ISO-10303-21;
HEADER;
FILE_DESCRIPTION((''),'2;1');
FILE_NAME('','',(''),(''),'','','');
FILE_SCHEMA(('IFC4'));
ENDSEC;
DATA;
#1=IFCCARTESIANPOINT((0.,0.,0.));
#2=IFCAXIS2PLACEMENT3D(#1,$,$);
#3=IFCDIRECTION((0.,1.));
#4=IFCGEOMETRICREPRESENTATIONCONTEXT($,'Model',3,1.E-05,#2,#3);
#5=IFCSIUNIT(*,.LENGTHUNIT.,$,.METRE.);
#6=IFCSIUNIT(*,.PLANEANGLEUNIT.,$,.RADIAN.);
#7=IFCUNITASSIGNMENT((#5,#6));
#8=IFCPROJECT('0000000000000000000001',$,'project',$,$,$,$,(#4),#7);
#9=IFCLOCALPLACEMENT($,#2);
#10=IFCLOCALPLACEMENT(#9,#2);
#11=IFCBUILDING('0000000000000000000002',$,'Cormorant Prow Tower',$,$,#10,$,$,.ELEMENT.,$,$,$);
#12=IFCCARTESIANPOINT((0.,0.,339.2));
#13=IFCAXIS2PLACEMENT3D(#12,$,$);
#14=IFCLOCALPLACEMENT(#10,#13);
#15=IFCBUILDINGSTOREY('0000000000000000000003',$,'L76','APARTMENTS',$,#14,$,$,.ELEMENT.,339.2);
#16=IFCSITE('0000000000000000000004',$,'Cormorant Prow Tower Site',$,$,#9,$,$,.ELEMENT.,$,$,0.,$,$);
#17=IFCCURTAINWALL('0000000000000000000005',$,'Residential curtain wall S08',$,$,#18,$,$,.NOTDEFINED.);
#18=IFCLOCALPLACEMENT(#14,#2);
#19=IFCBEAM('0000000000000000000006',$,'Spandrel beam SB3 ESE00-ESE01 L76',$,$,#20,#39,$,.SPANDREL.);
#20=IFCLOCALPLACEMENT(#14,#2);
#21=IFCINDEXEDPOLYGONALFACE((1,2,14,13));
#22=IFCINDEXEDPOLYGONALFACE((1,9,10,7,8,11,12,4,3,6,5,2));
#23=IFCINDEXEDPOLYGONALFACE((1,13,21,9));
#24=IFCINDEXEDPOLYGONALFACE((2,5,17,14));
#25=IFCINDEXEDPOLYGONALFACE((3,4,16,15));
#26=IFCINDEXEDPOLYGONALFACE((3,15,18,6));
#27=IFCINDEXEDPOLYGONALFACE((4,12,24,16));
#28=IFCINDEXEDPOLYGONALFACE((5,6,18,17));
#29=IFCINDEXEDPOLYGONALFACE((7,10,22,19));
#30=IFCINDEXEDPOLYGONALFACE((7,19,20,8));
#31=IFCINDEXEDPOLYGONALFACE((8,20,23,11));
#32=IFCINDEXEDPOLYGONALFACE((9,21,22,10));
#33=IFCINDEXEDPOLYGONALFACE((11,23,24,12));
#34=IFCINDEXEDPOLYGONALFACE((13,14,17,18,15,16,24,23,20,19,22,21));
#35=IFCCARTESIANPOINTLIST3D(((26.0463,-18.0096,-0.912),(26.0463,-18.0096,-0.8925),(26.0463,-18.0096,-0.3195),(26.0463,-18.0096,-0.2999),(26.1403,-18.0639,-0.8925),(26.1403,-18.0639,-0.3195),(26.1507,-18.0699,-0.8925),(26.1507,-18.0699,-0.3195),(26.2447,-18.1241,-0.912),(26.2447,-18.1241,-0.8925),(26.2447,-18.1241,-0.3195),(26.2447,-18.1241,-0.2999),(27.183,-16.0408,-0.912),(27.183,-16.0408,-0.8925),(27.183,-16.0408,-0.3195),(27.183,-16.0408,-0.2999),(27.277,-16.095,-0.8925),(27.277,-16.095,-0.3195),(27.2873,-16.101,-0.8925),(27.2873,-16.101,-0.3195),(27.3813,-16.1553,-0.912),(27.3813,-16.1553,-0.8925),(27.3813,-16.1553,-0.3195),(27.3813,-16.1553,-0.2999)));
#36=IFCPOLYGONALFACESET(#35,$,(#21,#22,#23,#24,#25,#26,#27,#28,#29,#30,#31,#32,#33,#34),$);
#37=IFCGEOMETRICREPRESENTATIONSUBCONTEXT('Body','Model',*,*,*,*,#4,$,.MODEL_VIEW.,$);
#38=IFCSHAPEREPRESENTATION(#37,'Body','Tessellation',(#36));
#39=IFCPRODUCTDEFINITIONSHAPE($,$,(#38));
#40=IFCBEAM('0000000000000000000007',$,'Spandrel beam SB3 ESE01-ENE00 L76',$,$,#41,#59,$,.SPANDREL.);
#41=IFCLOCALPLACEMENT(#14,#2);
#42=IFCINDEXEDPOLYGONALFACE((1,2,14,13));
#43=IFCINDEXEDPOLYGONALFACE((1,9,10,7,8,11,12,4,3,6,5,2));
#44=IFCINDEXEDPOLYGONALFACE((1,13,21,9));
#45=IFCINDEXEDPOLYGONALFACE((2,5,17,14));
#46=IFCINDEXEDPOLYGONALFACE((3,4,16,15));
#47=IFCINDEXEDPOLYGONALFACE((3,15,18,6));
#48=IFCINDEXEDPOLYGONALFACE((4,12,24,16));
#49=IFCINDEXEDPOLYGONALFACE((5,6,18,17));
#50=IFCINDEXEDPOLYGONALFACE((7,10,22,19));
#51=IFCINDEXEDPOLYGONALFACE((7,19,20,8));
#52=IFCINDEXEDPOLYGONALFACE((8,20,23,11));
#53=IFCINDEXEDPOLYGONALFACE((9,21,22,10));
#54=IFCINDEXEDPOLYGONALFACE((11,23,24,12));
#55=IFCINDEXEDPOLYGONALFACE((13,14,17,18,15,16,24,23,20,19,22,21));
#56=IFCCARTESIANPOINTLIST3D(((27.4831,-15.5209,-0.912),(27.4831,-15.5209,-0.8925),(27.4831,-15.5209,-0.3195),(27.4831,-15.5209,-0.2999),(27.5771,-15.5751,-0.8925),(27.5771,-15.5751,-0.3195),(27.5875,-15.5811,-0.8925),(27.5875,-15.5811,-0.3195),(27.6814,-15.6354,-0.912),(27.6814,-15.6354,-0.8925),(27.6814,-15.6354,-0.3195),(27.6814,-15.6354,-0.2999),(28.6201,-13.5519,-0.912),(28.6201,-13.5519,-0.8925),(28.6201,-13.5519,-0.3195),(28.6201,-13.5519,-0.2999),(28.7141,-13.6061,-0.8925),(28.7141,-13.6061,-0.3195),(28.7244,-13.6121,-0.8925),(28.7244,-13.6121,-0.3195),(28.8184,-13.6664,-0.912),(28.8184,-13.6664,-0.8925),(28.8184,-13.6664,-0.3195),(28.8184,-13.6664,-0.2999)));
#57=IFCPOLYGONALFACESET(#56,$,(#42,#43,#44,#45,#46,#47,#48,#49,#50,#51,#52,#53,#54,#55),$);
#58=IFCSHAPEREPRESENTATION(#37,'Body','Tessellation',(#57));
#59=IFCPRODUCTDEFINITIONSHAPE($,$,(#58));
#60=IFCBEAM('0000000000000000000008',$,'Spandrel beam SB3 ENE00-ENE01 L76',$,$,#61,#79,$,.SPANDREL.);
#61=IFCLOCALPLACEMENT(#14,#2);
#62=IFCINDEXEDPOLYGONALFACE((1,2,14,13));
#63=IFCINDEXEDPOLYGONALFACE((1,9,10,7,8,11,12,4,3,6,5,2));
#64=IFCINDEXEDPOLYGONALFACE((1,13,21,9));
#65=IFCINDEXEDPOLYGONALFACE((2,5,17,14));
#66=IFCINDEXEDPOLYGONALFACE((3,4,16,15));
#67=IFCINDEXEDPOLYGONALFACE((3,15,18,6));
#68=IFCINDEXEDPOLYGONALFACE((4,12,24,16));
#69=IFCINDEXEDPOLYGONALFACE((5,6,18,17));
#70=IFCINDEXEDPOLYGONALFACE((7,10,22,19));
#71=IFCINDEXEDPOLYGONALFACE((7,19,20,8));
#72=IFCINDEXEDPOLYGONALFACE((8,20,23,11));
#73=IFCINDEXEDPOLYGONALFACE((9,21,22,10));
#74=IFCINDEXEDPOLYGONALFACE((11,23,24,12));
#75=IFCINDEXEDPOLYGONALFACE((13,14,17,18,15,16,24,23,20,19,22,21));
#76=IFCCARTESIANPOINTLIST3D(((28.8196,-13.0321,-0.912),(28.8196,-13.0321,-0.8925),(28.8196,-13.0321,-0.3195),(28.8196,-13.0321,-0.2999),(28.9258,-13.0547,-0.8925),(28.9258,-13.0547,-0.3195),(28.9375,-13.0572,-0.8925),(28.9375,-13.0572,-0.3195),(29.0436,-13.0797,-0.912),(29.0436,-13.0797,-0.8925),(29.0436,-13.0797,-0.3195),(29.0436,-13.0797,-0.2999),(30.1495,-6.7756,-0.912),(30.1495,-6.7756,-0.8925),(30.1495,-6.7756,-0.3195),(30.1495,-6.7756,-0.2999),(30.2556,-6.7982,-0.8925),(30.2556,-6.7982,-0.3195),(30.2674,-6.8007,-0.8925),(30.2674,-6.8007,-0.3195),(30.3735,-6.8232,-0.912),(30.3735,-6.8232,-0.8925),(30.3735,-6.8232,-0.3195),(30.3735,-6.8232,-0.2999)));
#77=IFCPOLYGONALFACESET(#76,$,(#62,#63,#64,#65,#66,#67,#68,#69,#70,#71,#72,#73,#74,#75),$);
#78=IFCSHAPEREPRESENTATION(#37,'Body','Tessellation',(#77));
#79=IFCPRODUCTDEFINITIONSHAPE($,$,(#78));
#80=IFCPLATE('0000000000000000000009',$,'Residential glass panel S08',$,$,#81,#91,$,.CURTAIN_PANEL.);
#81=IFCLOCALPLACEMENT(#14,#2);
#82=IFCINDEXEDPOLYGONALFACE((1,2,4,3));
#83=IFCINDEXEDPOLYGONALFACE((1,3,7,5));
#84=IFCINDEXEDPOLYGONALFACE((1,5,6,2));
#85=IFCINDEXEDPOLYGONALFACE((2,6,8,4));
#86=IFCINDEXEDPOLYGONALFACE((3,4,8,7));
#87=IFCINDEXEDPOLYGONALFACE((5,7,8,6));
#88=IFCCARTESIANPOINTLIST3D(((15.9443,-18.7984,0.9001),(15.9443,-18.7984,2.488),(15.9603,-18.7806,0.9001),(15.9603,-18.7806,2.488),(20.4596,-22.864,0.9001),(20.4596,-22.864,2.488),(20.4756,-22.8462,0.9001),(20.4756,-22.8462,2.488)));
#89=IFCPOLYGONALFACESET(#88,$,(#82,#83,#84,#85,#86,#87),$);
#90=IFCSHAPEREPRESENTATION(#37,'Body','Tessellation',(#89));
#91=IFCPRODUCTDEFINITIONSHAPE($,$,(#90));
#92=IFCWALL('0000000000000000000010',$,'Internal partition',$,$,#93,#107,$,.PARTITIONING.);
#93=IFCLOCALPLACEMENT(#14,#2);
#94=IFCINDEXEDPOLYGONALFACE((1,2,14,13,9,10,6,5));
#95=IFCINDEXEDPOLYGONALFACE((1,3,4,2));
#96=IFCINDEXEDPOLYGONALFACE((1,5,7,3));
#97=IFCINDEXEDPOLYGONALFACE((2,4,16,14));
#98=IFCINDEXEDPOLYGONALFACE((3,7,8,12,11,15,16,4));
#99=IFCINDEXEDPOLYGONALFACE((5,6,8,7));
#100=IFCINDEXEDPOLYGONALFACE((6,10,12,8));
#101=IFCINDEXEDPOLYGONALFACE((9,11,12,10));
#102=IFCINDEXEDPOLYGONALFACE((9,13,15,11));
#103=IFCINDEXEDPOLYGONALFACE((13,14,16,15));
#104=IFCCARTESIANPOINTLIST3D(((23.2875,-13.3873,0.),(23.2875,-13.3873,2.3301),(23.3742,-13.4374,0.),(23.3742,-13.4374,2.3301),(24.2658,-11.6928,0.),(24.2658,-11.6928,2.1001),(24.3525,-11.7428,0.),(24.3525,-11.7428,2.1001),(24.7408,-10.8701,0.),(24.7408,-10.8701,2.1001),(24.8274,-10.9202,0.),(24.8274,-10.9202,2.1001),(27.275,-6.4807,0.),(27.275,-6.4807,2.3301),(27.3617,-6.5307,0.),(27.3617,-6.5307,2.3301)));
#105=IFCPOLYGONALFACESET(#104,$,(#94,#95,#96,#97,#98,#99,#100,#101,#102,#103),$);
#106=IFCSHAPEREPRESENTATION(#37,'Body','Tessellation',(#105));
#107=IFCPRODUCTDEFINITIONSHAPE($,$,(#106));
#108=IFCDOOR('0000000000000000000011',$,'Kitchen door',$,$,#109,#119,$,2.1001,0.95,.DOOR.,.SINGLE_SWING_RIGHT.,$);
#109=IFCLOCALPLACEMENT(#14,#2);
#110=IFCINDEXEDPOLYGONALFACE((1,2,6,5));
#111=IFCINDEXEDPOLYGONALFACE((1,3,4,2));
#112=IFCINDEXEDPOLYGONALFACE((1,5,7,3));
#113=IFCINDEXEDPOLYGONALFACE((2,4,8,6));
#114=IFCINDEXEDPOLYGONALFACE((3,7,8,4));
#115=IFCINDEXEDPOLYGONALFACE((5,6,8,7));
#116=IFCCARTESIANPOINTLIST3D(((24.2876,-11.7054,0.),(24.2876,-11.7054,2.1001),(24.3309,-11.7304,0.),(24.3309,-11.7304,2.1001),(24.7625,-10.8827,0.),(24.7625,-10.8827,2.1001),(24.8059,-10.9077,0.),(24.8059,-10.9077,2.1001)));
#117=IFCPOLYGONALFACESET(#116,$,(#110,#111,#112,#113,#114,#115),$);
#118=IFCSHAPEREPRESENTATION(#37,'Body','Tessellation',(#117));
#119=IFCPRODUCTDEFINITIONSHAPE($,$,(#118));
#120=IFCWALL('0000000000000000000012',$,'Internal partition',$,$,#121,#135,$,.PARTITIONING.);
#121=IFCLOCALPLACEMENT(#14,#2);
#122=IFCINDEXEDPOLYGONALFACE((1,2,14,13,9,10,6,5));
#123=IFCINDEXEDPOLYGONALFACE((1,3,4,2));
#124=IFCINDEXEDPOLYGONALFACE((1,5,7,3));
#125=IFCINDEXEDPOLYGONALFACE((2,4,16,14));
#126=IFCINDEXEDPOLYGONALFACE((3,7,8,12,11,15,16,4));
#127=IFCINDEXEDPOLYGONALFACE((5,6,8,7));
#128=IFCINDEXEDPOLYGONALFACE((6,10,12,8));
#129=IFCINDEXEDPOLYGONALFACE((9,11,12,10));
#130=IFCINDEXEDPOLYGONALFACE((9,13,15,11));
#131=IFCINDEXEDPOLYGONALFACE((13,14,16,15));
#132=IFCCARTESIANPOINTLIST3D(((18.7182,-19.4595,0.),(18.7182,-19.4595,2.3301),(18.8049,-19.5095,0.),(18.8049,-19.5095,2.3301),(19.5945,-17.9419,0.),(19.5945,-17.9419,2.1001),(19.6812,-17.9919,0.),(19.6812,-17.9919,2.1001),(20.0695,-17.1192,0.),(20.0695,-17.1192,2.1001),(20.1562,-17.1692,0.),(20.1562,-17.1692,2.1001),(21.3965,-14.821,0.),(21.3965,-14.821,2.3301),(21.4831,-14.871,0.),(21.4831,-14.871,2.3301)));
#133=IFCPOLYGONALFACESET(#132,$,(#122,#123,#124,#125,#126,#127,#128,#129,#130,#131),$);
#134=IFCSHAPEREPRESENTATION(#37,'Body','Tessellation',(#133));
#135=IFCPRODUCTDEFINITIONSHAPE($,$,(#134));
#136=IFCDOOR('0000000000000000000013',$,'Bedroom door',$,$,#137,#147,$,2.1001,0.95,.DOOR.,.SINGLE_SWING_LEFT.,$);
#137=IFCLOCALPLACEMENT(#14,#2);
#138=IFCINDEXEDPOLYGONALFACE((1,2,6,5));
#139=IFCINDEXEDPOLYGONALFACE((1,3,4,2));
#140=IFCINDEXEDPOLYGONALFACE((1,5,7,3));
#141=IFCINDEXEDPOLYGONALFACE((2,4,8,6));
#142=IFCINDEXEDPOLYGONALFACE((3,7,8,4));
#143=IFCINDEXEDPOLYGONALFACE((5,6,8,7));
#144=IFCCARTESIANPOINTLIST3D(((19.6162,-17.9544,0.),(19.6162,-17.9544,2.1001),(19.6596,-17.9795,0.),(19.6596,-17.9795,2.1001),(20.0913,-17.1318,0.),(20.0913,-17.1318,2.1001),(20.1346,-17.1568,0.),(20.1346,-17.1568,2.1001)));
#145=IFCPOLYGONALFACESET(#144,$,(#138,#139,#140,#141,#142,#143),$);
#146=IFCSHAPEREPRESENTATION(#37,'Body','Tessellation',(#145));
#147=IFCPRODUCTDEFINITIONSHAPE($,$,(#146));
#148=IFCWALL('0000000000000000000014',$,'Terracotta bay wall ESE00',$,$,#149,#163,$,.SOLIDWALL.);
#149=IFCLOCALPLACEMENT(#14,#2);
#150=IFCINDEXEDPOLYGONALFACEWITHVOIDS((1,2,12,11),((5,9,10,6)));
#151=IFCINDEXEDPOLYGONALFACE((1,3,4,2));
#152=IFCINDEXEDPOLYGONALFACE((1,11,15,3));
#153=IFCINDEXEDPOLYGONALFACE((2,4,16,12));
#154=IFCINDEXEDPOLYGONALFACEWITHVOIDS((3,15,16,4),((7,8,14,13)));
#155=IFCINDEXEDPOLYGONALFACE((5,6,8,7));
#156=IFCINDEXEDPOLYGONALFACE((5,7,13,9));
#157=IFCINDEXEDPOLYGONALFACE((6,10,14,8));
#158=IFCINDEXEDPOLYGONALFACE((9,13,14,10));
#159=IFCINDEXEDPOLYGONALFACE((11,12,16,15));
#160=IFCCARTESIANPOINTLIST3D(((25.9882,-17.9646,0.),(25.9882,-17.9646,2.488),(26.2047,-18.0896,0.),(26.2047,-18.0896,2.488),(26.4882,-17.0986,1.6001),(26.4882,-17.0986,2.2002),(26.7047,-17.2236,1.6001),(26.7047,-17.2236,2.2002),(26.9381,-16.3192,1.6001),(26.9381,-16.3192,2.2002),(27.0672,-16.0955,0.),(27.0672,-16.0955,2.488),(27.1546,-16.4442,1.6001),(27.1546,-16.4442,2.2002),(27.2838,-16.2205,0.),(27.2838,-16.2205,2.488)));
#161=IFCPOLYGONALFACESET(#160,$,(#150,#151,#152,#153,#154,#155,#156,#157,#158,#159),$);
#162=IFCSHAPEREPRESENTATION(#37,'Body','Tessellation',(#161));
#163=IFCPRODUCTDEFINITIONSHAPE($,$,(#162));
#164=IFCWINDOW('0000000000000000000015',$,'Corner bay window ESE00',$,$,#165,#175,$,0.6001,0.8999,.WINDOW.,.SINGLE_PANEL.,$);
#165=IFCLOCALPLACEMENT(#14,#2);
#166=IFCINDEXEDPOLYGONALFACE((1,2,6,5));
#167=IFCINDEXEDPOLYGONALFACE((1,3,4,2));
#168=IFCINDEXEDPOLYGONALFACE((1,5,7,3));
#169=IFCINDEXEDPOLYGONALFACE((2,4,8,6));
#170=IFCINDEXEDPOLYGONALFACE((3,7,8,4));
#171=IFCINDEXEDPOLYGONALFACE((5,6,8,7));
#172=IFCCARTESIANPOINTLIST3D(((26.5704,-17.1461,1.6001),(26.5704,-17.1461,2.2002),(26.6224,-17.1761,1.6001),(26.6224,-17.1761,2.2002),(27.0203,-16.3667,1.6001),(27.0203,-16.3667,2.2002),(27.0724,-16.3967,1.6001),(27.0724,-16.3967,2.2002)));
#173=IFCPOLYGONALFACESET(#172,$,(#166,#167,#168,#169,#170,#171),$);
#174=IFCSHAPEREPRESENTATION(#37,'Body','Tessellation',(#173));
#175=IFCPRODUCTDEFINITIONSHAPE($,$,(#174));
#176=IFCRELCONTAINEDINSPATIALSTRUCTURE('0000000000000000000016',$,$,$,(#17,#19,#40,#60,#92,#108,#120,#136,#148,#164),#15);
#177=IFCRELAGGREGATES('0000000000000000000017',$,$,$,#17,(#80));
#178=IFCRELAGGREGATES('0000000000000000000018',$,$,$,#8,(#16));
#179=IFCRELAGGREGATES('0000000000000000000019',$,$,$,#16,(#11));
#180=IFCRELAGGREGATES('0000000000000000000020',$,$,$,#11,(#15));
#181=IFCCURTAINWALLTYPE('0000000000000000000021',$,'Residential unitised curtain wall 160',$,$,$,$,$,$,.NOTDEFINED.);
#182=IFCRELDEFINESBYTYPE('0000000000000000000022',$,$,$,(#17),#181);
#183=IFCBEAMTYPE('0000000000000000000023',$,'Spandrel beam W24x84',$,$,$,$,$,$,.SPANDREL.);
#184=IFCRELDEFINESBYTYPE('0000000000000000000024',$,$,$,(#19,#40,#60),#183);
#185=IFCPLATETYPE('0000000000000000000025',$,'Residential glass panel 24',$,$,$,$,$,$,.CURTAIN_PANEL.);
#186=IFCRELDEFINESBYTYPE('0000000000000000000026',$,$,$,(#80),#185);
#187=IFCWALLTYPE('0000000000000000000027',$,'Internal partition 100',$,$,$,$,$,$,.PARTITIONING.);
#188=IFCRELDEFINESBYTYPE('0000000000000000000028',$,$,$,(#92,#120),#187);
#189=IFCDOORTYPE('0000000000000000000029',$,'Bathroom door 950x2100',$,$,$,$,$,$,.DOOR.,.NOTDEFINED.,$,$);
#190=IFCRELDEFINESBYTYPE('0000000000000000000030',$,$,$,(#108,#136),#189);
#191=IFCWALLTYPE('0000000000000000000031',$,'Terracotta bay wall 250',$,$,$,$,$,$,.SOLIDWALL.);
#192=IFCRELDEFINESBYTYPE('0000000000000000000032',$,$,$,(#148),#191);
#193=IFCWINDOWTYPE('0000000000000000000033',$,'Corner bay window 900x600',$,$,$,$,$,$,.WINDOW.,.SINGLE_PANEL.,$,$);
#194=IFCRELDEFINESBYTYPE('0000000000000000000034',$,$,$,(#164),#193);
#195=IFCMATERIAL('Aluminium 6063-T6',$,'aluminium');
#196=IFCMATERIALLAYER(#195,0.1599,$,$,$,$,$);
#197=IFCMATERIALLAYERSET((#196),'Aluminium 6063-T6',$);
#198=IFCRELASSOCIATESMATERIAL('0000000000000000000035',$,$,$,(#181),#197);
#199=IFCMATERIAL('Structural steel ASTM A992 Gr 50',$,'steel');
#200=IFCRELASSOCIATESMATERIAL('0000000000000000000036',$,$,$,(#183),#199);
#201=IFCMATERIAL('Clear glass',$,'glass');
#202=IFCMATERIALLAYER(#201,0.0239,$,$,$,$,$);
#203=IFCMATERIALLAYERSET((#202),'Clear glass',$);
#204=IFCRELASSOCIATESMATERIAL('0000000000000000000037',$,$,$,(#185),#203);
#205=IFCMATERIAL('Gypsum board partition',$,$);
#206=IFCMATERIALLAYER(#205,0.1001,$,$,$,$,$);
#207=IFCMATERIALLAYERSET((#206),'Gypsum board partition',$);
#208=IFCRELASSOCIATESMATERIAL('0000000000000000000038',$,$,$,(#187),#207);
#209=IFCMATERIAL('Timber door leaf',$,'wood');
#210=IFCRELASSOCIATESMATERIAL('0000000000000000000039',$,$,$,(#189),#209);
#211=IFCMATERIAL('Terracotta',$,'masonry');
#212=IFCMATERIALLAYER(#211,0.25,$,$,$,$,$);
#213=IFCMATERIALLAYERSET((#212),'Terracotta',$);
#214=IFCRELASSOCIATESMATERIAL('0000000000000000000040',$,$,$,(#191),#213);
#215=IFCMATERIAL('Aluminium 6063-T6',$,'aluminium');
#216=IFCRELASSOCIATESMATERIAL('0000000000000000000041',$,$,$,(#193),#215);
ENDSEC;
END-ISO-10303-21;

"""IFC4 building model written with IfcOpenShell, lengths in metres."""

from ifc_helpers import new_model, si_unit, direction, frame, frame_2d, origin, origin_2d, place, context, subcontext, project, spatial, rectangle, i_section, extrude, material, layer, layer_set, material_profile, profile_set, type_object, element, fill, aggregate, save


model = new_model("IFC4")

# Units and contexts
model_context = context("Model", 3, precision=1e-05, world=origin(), true_north=direction((0.0, 1.0)))
body_context = subcontext(model_context, "Body", "Model", "MODEL_VIEW")
ifc_project = project(units=[si_unit("LENGTHUNIT", "METRE"), si_unit("PLANEANGLEUNIT", "RADIAN")], contexts=[model_context])

# Site, building, storey
site_placement = place(None, origin())
site = spatial("IfcSite", under=ifc_project, at=site_placement, Name="Cormorant Prow Tower Site", CompositionType="ELEMENT", RefElevation=0.0)
building_placement = place(site_placement, origin())
building = spatial("IfcBuilding", under=site, at=building_placement, Name="Cormorant Prow Tower", CompositionType="ELEMENT")
storey_placement = place(building_placement, frame((0.0, 0.0, 339.2)))
storey = spatial("IfcBuildingStorey", under=building, at=storey_placement, Name="L76", Description="APARTMENTS", CompositionType="ELEMENT", Elevation=339.2)

# Curtain wall
ifc_material_1 = material(Name="Aluminium 6063-T6", Category="aluminium")
ifc_layer_1 = layer(ifc_material_1, 0.1599)
ifc_layer_set_1 = layer_set([ifc_layer_1], Name="Aluminium 6063-T6")
curtain_wall_type = type_object("IfcCurtainWallType", Name="Residential unitised curtain wall 160", PredefinedType="NOTDEFINED", material=ifc_layer_set_1)
curtain_wall_placement = place(storey_placement, origin())
curtain_wall = element("IfcCurtainWall", 1, at=curtain_wall_placement, inside=storey, type_object=curtain_wall_type, Name="Residential curtain wall S08", PredefinedType="NOTDEFINED")

# Beams
ifc_material_2 = material(Name="Structural steel ASTM A992 Gr 50", Category="steel")
ifc_material_profile_1 = material_profile(ifc_material_2, i_section(OverallWidth=0.229, OverallDepth=0.6121, WebThickness=0.012, FlangeThickness=0.0195, at=origin_2d()), Name="W24x84")
ifc_profile_set_1 = profile_set([ifc_material_profile_1], Name="Structural steel ASTM A992 Gr 50")
beam_type = type_object("IfcBeamType", Name="Spandrel beam W24x84", PredefinedType="SPANDREL", material=ifc_profile_set_1)
beam_1_placement = place(storey_placement, frame((26.1455, -18.0669, -0.606), z_axis=(0.499973, 0.866041, 0.0), x_axis=(-0.866041, 0.499973, 0.0)))
element("IfcBeam", 2, at=beam_1_placement, inside=storey, type_object=beam_type, Name="Spandrel beam SB3 ESE00-ESE01 L76", PredefinedType="SPANDREL", context=body_context, shape_type="SweptSolid", body=[
    extrude(i_section(OverallWidth=0.229, OverallDepth=0.6121, WebThickness=0.012, FlangeThickness=0.0195, at=origin_2d()), origin(), (0.0, 0.0, 1.0), 2.2734),
])
beam_2_placement = place(storey_placement, frame((27.5823, -15.5781, -0.606), z_axis=(0.500054, 0.865994, 0.0), x_axis=(-0.865994, 0.500054, 0.0)))
element("IfcBeam", 3, at=beam_2_placement, inside=storey, type_object=beam_type, Name="Spandrel beam SB3 ESE01-ENE00 L76", PredefinedType="SPANDREL", context=body_context, shape_type="SweptSolid", body=[
    extrude(i_section(OverallWidth=0.229, OverallDepth=0.6121, WebThickness=0.012, FlangeThickness=0.0195, at=origin_2d()), origin(), (0.0, 0.0, 1.0), 2.2737),
])
beam_3_placement = place(storey_placement, frame((28.9316, -13.0559, -0.606), z_axis=(0.207913, 0.978147, 0.0), x_axis=(-0.978147, 0.207913, 0.0)))
element("IfcBeam", 4, at=beam_3_placement, inside=storey, type_object=beam_type, Name="Spandrel beam SB3 ENE00-ENE01 L76", PredefinedType="SPANDREL", context=body_context, shape_type="SweptSolid", body=[
    extrude(i_section(OverallWidth=0.229, OverallDepth=0.6121, WebThickness=0.012, FlangeThickness=0.0195, at=origin_2d()), origin(), (0.0, 0.0, 1.0), 6.3962),
])

# Plate
ifc_material_3 = material(Name="Clear glass", Category="glass")
ifc_layer_2 = layer(ifc_material_3, 0.0239)
ifc_layer_set_2 = layer_set([ifc_layer_2], Name="Clear glass")
plate_type = type_object("IfcPlateType", Name="Residential glass panel 24", PredefinedType="CURTAIN_PANEL", material=ifc_layer_set_2)
plate_placement = place(storey_placement, frame((18.21, -20.8223, 0.9001), z_axis=(0.0, 0.0, 1.0), x_axis=(0.743145, -0.669131, 0.0)))
plate = element("IfcPlate", 5, at=plate_placement, type_object=plate_type, Name="Residential glass panel S08", PredefinedType="CURTAIN_PANEL", context=body_context, shape_type="SweptSolid", body=[
    extrude(rectangle(XDim=6.0759, YDim=0.0239, at=origin_2d()), origin(), (0.0, 0.0, 1.0), 1.5879),
])
aggregate(curtain_wall, [plate])

# Walls, openings, doors
ifc_material_4 = material(Name="Gypsum board partition")
ifc_layer_3 = layer(ifc_material_4, 0.1001)
ifc_layer_set_3 = layer_set([ifc_layer_3], Name="Gypsum board partition")
wall_type_1 = type_object("IfcWallType", Name="Internal partition 100", PredefinedType="PARTITIONING", material=ifc_layer_set_3)
wall_1_placement = place(storey_placement, frame((23.3308, -13.4124, 0.0), z_axis=(0.0, 0.0, 1.0), x_axis=(0.499995, 0.866029, 0.0)))
wall_1 = element("IfcWall", 6, at=wall_1_placement, inside=storey, type_object=wall_type_1, Name="Internal partition", PredefinedType="PARTITIONING", context=body_context, shape_type="SweptSolid", body=[
    extrude(rectangle(XDim=7.9751, YDim=0.1001, at=frame_2d((3.9875, 0.0))), origin(), (0.0, 0.0, 1.0), 2.3301),
])
opening_1_placement = place(wall_1_placement, frame((1.9565, 0.0, 0.0)))
opening_1 = element("IfcOpeningElement", 7, at=opening_1_placement, cuts=wall_1, PredefinedType="OPENING", context=body_context, shape_type="SweptSolid", body=[
    extrude(rectangle(XDim=0.95, YDim=2.1001, at=frame_2d((0.4751, 1.05))), frame((0.0, 0.0601, 0.0), z_axis=(0.0, -1.0, 0.0), x_axis=(1.0, 0.0, 0.0)), (0.0, 0.0, 1.0), 0.1201),
])
ifc_material_5 = material(Name="Timber door leaf", Category="wood")
door_type_1 = type_object("IfcDoorType", Name="Bathroom door 950x2100", OperationType="NOTDEFINED", PredefinedType="DOOR", material=ifc_material_5)
door_1_placement = place(opening_1_placement, origin())
door_1 = element("IfcDoor", 8, at=door_1_placement, inside=storey, type_object=door_type_1, Name="Kitchen door", OperationType="SINGLE_SWING_RIGHT", OverallHeight=2.1001, OverallWidth=0.95, PredefinedType="DOOR", context=body_context, shape_type="SweptSolid", body=[
    extrude(rectangle(XDim=0.95, YDim=2.1001, at=frame_2d((0.4751, 1.05))), frame((0.0, 0.0249, 0.0), z_axis=(0.0, -1.0, 0.0), x_axis=(1.0, 0.0, 0.0)), (0.0, 0.0, 1.0), 0.05),
])
fill(opening_1, door_1)
wall_2_placement = place(storey_placement, frame((18.7615, -19.4846, 0.0), z_axis=(0.0, 0.0, 1.0), x_axis=(0.500032, 0.866007, 0.0)))
wall_2 = element("IfcWall", 9, at=wall_2_placement, inside=storey, type_object=wall_type_1, Name="Internal partition", PredefinedType="PARTITIONING", context=body_context, shape_type="SweptSolid", body=[
    extrude(rectangle(XDim=5.3562, YDim=0.1001, at=frame_2d((2.6782, 0.0))), origin(), (0.0, 0.0, 1.0), 2.3301),
])
opening_2_placement = place(wall_2_placement, frame((1.7524, 0.0, 0.0)))
opening_2 = element("IfcOpeningElement", 10, at=opening_2_placement, cuts=wall_2, PredefinedType="OPENING", context=body_context, shape_type="SweptSolid", body=[
    extrude(rectangle(XDim=0.95, YDim=2.1001, at=frame_2d((0.4751, 1.05))), frame((0.0, 0.0601, 0.0), z_axis=(0.0, -1.0, 0.0), x_axis=(1.0, 0.0, 0.0)), (0.0, 0.0, 1.0), 0.1201),
])
door_2_placement = place(opening_2_placement, origin())
door_2 = element("IfcDoor", 11, at=door_2_placement, inside=storey, type_object=door_type_1, Name="Bedroom door", OperationType="SINGLE_SWING_LEFT", OverallHeight=2.1001, OverallWidth=0.95, PredefinedType="DOOR", context=body_context, shape_type="SweptSolid", body=[
    extrude(rectangle(XDim=0.95, YDim=2.1001, at=frame_2d((0.4751, 1.05))), frame((0.0, 0.0249, 0.0), z_axis=(0.0, -1.0, 0.0), x_axis=(1.0, 0.0, 0.0)), (0.0, 0.0, 1.0), 0.05),
])
fill(opening_2, door_2)

# Wall, opening, window
ifc_material_6 = material(Name="Terracotta", Category="masonry")
ifc_layer_4 = layer(ifc_material_6, 0.25)
ifc_layer_set_4 = layer_set([ifc_layer_4], Name="Terracotta")
wall_type_2 = type_object("IfcWallType", Name="Terracotta bay wall 250", PredefinedType="SOLIDWALL", material=ifc_layer_set_4)
wall_3_placement = place(storey_placement, frame((26.0964, -18.0271, 0.0), z_axis=(0.0, 0.0, 1.0), x_axis=(0.499984, 0.866035, 0.0)))
wall_3 = element("IfcWall", 12, at=wall_3_placement, inside=storey, type_object=wall_type_2, Name="Terracotta bay wall ESE00", PredefinedType="SOLIDWALL", context=body_context, shape_type="SweptSolid", body=[
    extrude(rectangle(XDim=2.1582, YDim=0.25, at=frame_2d((1.0791, 0.0))), origin(), (0.0, 0.0, 1.0), 2.488),
])
opening_3_placement = place(wall_3_placement, frame((1.0, 0.0, 1.6001)))
opening_3 = element("IfcOpeningElement", 13, at=opening_3_placement, cuts=wall_3, PredefinedType="OPENING", context=body_context, shape_type="SweptSolid", body=[
    extrude(rectangle(XDim=0.8999, YDim=0.6001, at=frame_2d((0.45, 0.3))), frame((0.0, 0.135, 0.0), z_axis=(0.0, -1.0, 0.0), x_axis=(1.0, 0.0, 0.0)), (0.0, 0.0, 1.0), 0.27),
])
ifc_material_7 = material(Name="Aluminium 6063-T6", Category="aluminium")
window_type = type_object("IfcWindowType", Name="Corner bay window 900x600", PartitioningType="SINGLE_PANEL", PredefinedType="WINDOW", material=ifc_material_7)
window_placement = place(opening_3_placement, origin())
window = element("IfcWindow", 14, at=window_placement, inside=storey, type_object=window_type, Name="Corner bay window ESE00", OverallHeight=0.6001, OverallWidth=0.8999, PartitioningType="SINGLE_PANEL", PredefinedType="WINDOW", context=body_context, shape_type="SweptSolid", body=[
    extrude(rectangle(XDim=0.8999, YDim=0.6001, at=frame_2d((0.45, 0.3))), frame((0.0, 0.03, 0.0), z_axis=(0.0, -1.0, 0.0), x_axis=(1.0, 0.0, 0.0)), (0.0, 0.0, 1.0), 0.0601),
])
fill(opening_3, window)

save(model, "model.ifc")
